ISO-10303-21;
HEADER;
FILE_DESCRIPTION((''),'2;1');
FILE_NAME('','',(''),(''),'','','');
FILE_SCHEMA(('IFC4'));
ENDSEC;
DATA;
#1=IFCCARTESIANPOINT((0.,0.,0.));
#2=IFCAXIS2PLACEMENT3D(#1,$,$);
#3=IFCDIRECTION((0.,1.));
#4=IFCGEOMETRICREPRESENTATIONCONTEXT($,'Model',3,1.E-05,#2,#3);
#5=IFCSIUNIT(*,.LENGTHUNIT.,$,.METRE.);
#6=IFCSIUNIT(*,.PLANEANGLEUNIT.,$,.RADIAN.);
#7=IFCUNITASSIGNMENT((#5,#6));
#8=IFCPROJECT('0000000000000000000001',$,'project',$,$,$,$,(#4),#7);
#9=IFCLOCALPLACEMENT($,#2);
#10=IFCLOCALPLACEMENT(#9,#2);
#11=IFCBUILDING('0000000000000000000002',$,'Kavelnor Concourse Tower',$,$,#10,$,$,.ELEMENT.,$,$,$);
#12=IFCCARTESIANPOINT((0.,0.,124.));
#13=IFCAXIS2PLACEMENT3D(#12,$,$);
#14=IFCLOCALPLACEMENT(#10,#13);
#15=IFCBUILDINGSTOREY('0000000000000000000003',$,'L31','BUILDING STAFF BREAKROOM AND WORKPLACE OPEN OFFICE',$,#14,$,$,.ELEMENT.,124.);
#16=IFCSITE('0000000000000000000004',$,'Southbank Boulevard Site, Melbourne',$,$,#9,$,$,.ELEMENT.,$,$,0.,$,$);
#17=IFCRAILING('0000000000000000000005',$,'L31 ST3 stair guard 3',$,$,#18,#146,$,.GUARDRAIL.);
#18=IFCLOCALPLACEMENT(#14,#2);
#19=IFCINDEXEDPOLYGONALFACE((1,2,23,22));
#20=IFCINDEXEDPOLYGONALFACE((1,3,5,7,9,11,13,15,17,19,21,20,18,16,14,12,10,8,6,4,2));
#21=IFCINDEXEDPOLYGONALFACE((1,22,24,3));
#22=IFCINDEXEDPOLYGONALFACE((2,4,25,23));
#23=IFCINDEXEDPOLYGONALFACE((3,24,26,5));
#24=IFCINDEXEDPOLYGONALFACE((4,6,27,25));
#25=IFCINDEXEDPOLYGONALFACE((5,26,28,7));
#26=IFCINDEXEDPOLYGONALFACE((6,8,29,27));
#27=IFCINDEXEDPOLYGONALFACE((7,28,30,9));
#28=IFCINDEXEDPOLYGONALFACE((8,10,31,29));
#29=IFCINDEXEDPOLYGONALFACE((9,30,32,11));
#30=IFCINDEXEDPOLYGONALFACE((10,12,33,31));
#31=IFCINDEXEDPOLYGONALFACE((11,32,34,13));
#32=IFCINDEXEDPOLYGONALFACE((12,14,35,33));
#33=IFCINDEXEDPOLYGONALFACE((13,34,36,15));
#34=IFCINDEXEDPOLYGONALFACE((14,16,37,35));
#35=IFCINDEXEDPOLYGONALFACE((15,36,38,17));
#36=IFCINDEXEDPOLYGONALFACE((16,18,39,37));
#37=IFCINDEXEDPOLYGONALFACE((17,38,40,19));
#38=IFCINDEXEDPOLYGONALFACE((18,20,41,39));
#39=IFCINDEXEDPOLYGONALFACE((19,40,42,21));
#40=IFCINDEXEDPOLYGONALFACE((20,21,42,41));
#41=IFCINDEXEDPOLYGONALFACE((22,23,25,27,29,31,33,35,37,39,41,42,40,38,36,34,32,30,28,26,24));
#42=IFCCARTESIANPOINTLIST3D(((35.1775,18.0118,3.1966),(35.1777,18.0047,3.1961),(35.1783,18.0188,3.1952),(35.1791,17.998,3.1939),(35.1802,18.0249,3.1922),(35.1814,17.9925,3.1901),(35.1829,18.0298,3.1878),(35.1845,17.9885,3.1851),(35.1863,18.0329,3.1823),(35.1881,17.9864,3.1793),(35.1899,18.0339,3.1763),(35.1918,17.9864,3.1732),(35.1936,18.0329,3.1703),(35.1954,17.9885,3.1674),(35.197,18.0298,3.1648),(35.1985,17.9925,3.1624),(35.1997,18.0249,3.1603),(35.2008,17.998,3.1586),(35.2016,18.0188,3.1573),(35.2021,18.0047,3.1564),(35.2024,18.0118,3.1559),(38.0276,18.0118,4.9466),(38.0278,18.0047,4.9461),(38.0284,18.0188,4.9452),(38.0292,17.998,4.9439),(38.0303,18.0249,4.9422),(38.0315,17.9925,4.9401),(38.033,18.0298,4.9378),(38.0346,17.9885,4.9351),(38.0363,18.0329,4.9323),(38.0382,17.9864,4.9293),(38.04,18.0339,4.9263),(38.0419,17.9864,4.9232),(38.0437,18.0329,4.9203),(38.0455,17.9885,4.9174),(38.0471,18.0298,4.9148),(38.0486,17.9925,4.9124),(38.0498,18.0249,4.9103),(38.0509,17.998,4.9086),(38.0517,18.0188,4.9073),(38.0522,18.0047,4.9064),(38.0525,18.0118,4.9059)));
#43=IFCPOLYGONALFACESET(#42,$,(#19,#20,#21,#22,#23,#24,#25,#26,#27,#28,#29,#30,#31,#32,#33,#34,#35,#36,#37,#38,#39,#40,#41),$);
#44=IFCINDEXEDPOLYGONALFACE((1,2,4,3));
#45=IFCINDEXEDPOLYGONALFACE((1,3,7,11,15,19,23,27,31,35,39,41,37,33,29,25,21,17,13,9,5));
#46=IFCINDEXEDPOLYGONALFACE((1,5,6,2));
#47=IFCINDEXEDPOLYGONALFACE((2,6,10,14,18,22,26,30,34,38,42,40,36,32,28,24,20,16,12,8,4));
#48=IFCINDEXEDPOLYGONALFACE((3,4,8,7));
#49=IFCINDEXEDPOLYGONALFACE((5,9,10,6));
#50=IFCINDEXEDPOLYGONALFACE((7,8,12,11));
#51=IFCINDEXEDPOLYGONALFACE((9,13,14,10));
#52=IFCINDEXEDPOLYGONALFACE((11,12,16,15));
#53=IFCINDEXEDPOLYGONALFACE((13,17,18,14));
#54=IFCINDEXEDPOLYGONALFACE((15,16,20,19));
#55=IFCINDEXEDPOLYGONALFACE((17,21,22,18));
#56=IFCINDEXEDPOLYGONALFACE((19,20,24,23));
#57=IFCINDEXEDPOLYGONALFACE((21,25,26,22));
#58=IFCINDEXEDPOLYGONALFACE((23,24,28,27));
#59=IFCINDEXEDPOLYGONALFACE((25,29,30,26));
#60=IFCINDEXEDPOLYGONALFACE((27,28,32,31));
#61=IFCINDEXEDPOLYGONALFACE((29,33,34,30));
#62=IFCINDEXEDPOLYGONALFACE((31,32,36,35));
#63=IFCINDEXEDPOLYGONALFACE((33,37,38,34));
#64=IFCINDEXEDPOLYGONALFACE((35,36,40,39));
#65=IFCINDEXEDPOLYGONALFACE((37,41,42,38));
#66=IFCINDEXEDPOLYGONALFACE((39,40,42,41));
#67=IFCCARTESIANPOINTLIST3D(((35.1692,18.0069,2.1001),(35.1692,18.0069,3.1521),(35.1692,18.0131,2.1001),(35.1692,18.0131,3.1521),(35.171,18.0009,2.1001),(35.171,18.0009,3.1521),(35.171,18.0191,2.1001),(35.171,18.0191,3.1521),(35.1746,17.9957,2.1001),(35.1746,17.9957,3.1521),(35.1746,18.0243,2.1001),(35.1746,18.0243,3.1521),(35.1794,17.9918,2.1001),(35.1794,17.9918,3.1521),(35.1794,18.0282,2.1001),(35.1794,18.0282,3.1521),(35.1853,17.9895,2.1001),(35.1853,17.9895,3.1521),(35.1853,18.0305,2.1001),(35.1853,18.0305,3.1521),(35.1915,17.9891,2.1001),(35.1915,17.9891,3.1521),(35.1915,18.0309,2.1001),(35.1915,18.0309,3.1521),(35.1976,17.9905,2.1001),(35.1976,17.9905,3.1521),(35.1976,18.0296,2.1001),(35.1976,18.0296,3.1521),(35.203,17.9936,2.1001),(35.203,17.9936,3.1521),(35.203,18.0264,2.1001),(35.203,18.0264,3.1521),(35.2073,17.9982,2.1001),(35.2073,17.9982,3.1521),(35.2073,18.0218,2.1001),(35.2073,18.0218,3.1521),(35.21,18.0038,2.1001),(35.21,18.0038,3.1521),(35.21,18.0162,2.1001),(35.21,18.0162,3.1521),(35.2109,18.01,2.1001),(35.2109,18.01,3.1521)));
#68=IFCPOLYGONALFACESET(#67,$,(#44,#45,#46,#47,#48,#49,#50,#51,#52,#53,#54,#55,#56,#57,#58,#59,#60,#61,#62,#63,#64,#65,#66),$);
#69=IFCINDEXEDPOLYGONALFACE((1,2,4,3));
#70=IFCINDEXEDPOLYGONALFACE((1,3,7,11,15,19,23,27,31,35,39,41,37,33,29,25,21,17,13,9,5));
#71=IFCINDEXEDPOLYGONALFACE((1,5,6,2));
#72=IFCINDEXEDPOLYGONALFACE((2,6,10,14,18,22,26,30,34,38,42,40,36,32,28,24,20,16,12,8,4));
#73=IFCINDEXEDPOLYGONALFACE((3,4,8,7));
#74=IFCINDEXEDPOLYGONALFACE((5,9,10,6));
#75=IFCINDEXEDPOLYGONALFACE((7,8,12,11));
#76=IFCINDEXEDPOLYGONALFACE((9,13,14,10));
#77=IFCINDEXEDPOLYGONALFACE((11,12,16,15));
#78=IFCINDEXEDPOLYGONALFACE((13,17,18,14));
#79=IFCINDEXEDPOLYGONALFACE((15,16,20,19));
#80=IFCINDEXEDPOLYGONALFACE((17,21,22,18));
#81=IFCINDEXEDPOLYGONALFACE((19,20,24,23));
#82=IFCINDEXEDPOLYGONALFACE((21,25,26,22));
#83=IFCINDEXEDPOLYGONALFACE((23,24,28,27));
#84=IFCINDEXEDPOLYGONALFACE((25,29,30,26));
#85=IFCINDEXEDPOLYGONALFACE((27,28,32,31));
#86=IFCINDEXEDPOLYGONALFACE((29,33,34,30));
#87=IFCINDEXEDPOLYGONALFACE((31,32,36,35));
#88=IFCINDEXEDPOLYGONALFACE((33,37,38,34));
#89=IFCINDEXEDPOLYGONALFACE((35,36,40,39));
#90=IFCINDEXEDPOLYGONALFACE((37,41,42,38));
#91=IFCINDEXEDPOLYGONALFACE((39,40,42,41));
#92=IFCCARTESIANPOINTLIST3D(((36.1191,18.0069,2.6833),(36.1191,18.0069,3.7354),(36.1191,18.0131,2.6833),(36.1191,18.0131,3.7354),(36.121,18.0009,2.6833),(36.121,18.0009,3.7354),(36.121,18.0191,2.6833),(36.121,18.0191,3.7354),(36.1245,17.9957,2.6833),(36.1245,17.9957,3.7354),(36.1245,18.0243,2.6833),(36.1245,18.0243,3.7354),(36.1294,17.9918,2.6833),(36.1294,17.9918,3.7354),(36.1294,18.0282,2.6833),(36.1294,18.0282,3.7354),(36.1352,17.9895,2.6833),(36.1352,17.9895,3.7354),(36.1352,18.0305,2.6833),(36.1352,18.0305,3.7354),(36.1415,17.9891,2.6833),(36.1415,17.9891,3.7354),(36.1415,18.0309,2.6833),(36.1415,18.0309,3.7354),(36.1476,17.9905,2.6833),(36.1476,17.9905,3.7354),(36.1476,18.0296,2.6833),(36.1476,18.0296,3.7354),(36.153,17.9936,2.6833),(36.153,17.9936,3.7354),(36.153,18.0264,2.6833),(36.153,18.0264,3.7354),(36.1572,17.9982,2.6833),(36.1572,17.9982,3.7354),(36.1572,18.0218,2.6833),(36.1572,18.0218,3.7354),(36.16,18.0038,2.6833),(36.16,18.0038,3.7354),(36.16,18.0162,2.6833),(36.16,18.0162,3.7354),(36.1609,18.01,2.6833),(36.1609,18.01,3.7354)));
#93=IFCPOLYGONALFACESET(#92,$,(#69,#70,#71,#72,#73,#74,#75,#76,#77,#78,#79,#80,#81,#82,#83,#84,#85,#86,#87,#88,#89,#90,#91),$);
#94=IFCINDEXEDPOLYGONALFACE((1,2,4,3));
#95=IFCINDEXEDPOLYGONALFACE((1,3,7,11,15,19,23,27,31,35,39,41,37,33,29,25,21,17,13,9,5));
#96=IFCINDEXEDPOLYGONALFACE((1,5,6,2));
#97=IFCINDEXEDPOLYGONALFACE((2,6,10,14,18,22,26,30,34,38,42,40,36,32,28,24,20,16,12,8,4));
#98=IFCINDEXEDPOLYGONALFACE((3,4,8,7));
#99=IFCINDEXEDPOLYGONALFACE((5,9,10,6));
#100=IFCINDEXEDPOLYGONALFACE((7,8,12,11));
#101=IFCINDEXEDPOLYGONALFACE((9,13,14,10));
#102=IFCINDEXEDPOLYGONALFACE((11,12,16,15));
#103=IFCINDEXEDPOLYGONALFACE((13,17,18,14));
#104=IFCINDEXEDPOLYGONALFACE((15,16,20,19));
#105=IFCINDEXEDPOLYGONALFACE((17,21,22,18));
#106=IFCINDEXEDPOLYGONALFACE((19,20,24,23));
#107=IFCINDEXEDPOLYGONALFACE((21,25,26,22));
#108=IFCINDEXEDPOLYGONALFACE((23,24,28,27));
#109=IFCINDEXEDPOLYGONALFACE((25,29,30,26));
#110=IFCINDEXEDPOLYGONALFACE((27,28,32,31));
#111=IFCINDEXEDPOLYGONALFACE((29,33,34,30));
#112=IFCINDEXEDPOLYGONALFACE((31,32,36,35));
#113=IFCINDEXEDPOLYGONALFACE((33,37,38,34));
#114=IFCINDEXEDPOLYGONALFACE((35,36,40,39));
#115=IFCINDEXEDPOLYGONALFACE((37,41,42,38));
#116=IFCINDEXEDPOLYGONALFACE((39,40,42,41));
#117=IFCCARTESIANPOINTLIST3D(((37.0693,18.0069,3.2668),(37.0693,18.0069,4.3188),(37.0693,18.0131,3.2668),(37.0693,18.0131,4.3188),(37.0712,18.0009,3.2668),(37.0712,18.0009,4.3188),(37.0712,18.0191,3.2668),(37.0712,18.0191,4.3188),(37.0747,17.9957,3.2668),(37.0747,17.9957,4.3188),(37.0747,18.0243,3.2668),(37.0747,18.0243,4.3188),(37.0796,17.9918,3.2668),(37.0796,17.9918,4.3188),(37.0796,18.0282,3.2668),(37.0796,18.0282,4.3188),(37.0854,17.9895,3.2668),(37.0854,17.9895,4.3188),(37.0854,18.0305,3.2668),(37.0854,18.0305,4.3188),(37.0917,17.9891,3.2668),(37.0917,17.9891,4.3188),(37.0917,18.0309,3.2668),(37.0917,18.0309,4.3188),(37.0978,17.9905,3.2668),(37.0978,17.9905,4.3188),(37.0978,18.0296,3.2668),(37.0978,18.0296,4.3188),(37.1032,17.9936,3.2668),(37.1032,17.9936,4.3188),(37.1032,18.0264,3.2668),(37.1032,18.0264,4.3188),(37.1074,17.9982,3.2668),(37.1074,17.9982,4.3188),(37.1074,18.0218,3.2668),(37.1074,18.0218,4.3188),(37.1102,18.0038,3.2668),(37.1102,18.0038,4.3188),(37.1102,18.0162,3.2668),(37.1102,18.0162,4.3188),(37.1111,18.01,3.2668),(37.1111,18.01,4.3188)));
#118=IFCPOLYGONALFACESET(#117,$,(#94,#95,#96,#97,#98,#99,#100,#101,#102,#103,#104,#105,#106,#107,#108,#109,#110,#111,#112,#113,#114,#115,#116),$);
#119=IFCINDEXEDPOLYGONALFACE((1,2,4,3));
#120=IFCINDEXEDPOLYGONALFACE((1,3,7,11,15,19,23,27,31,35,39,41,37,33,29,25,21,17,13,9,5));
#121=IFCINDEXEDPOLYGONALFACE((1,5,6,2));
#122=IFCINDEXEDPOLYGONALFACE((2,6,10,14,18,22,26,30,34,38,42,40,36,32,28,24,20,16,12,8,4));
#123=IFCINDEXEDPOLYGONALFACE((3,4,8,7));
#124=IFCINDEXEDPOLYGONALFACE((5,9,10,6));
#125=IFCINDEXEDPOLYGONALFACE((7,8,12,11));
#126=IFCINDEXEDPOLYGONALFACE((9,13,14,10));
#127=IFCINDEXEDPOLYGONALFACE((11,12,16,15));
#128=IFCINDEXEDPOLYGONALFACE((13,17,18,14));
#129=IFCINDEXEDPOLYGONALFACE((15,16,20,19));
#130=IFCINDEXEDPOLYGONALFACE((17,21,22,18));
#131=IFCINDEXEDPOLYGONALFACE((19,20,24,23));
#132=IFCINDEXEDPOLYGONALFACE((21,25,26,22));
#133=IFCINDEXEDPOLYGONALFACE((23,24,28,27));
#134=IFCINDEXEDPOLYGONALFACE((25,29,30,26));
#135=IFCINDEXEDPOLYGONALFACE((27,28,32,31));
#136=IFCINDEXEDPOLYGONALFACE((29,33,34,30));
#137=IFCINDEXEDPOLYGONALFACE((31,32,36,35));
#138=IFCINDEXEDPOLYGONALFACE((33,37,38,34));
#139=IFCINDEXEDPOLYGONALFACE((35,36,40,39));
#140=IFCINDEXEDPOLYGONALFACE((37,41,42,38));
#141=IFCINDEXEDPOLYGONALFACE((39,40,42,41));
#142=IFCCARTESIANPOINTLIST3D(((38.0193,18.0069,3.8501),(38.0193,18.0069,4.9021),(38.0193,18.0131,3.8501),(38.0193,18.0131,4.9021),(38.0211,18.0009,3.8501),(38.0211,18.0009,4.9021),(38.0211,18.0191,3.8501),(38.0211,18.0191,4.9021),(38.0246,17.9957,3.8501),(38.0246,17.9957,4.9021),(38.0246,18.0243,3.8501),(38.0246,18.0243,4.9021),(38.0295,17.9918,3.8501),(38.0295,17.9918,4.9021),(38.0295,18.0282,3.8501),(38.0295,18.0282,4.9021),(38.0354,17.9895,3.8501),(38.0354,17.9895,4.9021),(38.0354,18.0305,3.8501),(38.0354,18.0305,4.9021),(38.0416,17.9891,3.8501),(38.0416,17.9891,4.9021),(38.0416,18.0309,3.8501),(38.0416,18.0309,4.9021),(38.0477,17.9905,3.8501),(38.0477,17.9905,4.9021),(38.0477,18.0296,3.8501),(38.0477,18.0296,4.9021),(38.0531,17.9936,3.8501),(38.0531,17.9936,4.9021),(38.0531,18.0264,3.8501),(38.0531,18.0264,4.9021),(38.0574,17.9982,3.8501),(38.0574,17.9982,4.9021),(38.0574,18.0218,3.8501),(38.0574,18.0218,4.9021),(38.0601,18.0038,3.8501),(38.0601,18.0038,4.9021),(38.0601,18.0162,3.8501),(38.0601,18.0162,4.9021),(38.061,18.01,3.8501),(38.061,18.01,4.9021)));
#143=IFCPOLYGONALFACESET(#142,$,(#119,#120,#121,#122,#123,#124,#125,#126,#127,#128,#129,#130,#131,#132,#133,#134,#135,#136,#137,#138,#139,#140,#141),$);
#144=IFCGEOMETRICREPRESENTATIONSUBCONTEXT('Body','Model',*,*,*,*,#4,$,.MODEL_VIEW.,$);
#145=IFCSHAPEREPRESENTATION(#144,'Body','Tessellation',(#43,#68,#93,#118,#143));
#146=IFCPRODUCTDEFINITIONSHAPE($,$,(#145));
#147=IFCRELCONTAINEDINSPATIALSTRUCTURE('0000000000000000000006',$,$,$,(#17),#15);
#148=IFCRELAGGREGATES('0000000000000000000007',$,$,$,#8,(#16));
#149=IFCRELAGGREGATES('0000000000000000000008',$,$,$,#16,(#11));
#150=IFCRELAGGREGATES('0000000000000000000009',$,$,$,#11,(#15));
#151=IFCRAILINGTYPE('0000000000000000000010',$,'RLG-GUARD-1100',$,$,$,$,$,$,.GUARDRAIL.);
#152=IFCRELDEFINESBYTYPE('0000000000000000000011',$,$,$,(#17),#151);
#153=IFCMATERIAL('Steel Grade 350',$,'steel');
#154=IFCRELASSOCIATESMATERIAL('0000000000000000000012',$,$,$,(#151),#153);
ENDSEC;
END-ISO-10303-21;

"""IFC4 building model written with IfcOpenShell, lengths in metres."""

from ifc_helpers import new_model, si_unit, direction, frame, origin, origin_2d, place, context, subcontext, project, spatial, circle, extrude, material, type_object, element, save


model = new_model("IFC4")

# Units and contexts
model_context = context("Model", 3, precision=1e-05, world=origin(), true_north=direction((0.0, 1.0)))
body_context = subcontext(model_context, "Body", "Model", "MODEL_VIEW")
ifc_project = project(units=[si_unit("LENGTHUNIT", "METRE"), si_unit("PLANEANGLEUNIT", "RADIAN")], contexts=[model_context])

# Site, building, storey
site_placement = place(None, origin())
site = spatial("IfcSite", under=ifc_project, at=site_placement, Name="Southbank Boulevard Site, Melbourne", CompositionType="ELEMENT", RefElevation=0.0)
building_placement = place(site_placement, origin())
building = spatial("IfcBuilding", under=site, at=building_placement, Name="Kavelnor Concourse Tower", CompositionType="ELEMENT")
storey_placement = place(building_placement, frame((0.0, 0.0, 124.0)))
storey = spatial("IfcBuildingStorey", under=building, at=storey_placement, Name="L31", Description="BUILDING STAFF BREAKROOM AND WORKPLACE OPEN OFFICE", CompositionType="ELEMENT", Elevation=124.0)

# Shared definitions
ifc_material_1 = material(Name="Steel Grade 350", Category="steel")

# Railing
railing_type_1 = type_object("IfcRailingType", Name="RLG-GUARD-1100", PredefinedType="GUARDRAIL", material=ifc_material_1)
railing_1_placement = place(storey_placement, frame((35.1899, 18.01, 2.1001)))
element("IfcRailing", 1, at=railing_1_placement, inside=storey, type_object=railing_type_1, Name="L31 ST3 stair guard 3", PredefinedType="GUARDRAIL", context=body_context, shape_type="SweptSolid", body=[
    extrude(circle(Radius=0.0239, at=origin_2d()), frame((0.0, 0.0, 1.0762), z_axis=(0.852179, 0.0, 0.52325), x_axis=(0.0, 1.0, 0.0)), (0.0, 0.0, 1.0), 3.3445),
    extrude(circle(Radius=0.021, at=origin_2d()), origin(), (0.0, 0.0, 1.0), 1.052),
    extrude(circle(Radius=0.021, at=origin_2d()), frame((0.95, 0.0, 0.5833)), (0.0, 0.0, 1.0), 1.052),
    extrude(circle(Radius=0.021, at=origin_2d()), frame((1.9001, 0.0, 1.1667)), (0.0, 0.0, 1.0), 1.052),
    extrude(circle(Radius=0.021, at=origin_2d()), frame((2.8501, 0.0, 1.75)), (0.0, 0.0, 1.0), 1.052),
])

save(model, "model.ifc")
